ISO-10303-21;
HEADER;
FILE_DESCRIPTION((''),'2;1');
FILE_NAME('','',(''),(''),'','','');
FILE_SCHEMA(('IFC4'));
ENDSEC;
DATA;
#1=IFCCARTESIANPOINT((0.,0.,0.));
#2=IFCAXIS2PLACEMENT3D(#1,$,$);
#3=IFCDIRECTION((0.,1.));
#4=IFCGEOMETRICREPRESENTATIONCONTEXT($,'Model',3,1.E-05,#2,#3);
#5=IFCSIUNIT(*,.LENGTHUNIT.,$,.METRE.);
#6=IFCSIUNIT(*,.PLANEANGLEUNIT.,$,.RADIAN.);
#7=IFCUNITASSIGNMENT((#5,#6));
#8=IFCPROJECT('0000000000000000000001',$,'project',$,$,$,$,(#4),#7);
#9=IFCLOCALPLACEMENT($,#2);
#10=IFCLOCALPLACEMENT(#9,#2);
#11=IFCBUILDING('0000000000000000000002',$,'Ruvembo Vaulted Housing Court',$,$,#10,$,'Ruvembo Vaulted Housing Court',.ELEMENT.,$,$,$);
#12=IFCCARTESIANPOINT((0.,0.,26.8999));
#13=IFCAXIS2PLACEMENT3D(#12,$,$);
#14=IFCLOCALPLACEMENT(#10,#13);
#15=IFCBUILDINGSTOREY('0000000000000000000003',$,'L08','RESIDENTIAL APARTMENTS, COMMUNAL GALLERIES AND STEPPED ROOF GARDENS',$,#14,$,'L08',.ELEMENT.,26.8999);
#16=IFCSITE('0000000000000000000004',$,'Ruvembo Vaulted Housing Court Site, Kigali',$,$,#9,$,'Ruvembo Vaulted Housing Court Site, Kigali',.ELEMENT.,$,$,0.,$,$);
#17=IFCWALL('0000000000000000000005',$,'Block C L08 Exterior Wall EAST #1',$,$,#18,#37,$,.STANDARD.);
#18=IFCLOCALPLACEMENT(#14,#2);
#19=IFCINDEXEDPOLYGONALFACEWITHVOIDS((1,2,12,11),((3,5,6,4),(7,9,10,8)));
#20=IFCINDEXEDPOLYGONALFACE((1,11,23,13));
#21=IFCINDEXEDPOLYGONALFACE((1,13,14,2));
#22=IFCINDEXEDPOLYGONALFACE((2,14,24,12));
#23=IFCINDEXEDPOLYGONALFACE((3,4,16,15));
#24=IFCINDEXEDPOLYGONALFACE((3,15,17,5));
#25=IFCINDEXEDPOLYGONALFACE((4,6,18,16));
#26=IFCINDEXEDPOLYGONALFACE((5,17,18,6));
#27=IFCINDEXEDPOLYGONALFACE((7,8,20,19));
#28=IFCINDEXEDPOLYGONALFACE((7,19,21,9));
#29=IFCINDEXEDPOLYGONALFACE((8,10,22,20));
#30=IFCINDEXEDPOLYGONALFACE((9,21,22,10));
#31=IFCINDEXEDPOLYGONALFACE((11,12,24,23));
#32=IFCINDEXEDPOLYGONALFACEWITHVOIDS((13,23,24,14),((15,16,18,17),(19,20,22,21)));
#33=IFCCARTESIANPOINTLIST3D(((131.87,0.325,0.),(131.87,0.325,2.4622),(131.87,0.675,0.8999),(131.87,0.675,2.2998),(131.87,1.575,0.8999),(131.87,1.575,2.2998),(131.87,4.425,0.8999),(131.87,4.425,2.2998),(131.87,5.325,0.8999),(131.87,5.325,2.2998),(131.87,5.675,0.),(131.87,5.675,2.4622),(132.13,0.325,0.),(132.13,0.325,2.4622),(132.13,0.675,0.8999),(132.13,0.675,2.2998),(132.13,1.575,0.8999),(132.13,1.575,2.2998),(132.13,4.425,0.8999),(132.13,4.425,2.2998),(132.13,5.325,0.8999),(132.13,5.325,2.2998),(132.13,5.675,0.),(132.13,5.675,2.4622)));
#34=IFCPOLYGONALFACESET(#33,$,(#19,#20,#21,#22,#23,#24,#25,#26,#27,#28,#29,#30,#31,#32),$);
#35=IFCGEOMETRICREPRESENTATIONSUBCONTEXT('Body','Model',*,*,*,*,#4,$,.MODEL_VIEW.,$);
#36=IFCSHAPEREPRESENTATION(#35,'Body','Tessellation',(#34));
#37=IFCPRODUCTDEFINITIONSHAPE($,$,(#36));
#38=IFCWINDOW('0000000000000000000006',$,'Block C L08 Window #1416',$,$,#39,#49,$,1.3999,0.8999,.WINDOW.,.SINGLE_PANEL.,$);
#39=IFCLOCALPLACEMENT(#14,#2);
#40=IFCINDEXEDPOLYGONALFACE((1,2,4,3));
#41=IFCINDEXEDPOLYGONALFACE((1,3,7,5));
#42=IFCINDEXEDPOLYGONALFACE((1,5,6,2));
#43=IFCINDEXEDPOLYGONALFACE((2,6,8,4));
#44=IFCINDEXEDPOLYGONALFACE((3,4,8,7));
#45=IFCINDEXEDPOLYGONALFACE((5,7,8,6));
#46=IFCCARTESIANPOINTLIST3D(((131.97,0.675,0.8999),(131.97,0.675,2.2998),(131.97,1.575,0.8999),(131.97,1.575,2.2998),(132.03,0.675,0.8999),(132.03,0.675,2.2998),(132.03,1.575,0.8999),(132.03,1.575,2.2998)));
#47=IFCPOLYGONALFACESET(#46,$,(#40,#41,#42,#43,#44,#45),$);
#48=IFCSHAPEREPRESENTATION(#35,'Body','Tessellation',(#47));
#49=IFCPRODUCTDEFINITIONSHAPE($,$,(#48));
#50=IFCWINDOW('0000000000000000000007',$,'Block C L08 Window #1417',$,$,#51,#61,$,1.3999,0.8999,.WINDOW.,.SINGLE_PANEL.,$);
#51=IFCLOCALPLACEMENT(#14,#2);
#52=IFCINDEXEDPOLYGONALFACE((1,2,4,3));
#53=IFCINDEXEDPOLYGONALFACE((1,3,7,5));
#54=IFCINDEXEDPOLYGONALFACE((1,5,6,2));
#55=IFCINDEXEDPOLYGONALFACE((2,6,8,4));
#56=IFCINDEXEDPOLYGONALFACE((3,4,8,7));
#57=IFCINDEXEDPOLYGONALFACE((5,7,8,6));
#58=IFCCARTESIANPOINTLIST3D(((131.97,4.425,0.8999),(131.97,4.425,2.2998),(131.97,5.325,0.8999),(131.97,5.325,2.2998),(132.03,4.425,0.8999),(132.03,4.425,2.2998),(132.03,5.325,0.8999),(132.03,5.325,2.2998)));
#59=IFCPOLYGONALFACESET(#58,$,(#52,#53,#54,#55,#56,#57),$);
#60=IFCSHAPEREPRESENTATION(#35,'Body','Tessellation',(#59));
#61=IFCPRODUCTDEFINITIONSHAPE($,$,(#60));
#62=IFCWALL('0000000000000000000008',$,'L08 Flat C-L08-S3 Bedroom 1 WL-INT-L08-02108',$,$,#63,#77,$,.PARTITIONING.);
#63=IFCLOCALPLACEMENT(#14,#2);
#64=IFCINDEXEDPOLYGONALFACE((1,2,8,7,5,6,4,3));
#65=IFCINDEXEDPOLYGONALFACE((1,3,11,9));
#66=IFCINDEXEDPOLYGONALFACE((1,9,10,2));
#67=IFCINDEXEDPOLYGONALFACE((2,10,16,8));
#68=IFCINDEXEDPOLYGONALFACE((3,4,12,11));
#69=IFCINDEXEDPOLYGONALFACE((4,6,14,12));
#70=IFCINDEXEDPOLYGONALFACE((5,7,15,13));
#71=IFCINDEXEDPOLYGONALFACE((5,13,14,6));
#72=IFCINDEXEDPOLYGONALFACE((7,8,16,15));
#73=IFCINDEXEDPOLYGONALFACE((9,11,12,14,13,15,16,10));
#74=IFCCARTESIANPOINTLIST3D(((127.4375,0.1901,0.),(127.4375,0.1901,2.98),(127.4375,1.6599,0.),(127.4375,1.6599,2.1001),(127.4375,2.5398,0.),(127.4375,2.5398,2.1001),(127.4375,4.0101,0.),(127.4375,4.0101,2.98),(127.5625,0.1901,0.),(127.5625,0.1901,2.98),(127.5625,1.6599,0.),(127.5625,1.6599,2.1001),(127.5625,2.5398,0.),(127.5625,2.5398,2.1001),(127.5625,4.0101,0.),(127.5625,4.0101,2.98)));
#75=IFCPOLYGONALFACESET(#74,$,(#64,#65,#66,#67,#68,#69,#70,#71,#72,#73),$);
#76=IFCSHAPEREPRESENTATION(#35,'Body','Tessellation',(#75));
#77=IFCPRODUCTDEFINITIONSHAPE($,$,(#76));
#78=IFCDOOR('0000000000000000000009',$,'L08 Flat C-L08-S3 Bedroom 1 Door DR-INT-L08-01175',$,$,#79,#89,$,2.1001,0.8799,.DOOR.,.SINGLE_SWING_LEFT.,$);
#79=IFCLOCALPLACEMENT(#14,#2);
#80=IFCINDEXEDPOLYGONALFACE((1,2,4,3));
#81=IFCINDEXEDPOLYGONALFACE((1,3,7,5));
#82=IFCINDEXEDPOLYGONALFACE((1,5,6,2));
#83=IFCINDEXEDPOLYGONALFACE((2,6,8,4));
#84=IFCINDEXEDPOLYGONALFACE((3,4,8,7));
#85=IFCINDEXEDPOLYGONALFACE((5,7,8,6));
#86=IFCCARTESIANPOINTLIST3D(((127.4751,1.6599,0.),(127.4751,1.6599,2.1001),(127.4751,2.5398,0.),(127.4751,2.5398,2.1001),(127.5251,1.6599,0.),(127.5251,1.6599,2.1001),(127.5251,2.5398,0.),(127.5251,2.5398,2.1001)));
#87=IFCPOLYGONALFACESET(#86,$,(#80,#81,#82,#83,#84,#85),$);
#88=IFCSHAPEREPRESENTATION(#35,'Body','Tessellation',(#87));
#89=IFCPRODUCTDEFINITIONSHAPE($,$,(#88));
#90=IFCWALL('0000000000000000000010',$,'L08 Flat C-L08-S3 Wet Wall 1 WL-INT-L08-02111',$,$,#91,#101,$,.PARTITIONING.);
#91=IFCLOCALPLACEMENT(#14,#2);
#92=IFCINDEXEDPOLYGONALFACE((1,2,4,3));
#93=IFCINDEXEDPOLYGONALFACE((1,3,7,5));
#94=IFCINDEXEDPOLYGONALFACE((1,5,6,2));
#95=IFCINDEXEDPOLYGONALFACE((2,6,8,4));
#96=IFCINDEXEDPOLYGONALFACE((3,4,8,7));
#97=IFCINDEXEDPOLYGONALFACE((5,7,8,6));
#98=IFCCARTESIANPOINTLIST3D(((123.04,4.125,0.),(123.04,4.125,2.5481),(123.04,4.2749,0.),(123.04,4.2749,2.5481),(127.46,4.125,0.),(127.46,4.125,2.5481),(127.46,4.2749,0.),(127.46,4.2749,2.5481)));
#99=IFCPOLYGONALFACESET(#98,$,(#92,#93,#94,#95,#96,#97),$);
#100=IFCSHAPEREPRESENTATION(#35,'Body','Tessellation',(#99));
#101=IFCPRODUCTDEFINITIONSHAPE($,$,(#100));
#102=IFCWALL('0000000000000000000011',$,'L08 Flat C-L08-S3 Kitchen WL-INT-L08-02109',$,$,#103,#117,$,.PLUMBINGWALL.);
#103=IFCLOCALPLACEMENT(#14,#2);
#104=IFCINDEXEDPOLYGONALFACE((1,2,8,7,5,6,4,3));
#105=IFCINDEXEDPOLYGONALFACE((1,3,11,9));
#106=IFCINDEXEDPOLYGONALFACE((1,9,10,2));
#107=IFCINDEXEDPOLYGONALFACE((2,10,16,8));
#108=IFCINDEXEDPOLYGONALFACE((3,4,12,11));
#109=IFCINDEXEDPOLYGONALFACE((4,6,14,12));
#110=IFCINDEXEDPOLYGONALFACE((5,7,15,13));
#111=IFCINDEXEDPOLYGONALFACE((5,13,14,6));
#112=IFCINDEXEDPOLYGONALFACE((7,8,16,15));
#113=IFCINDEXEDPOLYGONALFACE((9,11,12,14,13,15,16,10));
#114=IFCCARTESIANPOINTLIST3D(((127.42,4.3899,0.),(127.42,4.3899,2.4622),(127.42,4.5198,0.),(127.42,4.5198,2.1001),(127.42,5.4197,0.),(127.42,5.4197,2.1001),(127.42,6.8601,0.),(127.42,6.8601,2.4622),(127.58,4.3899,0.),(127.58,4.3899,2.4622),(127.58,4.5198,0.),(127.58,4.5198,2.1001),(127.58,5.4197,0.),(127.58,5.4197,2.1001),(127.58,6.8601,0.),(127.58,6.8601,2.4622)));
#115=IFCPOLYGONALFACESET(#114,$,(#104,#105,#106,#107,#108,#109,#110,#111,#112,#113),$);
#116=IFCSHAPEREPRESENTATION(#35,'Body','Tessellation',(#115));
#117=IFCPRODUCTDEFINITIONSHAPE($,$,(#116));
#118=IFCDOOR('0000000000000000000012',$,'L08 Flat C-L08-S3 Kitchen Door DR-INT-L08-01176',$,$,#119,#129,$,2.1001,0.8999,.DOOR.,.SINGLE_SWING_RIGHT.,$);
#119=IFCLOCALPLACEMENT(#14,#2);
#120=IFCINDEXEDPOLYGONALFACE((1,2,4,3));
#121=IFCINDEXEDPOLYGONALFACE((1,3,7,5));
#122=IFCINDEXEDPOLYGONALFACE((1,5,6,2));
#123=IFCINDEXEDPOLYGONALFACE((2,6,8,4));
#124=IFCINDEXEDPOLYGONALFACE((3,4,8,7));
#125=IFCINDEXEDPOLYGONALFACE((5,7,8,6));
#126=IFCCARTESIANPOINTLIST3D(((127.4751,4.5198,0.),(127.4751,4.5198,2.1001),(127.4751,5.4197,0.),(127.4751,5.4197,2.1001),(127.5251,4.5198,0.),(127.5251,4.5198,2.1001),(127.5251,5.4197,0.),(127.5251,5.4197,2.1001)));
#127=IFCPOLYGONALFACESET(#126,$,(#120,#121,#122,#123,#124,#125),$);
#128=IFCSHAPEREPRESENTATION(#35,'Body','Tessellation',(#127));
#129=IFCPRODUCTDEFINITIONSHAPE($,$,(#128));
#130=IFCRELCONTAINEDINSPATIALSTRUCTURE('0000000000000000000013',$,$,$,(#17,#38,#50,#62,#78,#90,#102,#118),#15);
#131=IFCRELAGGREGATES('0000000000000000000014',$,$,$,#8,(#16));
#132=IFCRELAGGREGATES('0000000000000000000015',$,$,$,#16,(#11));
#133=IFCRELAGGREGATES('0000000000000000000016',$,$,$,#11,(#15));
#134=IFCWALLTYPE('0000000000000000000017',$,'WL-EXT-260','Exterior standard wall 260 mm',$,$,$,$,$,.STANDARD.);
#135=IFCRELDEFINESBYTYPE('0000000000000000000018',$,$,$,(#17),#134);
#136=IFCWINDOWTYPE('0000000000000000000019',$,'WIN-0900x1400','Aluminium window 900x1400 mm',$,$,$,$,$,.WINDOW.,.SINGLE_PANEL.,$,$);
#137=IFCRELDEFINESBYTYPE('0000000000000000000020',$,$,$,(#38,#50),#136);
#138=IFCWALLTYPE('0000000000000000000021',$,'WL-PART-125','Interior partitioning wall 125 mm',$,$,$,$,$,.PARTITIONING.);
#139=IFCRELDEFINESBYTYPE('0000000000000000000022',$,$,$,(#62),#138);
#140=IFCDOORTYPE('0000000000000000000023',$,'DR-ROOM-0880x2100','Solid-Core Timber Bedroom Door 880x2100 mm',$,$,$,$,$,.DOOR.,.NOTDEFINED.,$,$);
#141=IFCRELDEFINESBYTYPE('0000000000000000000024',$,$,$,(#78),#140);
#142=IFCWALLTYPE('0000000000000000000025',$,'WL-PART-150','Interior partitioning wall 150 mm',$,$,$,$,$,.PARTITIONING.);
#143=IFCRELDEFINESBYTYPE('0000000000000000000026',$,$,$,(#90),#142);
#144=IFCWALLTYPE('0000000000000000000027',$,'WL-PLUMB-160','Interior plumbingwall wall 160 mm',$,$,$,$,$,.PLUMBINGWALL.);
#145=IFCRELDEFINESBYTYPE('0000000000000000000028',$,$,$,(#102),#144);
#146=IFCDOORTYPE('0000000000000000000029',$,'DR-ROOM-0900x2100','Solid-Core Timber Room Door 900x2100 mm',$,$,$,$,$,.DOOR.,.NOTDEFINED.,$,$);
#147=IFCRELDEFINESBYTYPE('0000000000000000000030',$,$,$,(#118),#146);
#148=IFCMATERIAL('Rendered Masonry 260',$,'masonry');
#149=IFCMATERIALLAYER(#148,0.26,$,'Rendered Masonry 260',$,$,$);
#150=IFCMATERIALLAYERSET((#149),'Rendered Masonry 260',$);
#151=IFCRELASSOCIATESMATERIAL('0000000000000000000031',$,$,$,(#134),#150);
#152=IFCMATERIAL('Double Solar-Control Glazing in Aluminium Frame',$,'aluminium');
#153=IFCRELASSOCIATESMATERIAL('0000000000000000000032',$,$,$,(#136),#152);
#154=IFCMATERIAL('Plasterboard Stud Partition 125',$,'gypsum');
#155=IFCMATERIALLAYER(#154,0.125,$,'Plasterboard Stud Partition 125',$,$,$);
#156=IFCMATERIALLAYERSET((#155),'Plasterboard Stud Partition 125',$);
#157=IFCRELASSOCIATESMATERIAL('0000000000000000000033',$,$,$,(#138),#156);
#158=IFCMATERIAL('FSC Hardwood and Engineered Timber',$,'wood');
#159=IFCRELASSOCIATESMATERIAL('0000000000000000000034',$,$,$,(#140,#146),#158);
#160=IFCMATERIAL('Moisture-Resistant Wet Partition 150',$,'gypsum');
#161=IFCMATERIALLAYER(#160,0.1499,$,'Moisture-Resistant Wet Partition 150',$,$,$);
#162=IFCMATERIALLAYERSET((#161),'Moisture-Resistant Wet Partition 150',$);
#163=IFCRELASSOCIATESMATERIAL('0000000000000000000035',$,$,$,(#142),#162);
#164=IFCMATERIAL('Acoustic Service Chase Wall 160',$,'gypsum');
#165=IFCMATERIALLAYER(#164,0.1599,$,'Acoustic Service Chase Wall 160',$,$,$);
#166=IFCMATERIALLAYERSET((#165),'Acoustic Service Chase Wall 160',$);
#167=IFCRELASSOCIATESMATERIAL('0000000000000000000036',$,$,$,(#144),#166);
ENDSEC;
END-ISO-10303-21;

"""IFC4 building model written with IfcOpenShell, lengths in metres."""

from ifc_helpers import new_model, si_unit, direction, frame, frame_2d, origin, place, context, subcontext, project, spatial, rectangle, extrude, material, layer, layer_set, type_object, element, fill, save


model = new_model("IFC4")

# Units and contexts
model_context = context("Model", 3, precision=1e-05, world=origin(), true_north=direction((0.0, 1.0)))
body_context = subcontext(model_context, "Body", "Model", "MODEL_VIEW")
ifc_project = project(units=[si_unit("LENGTHUNIT", "METRE"), si_unit("PLANEANGLEUNIT", "RADIAN")], contexts=[model_context])

# Site, building, storey
site_placement = place(None, origin())
site = spatial("IfcSite", under=ifc_project, at=site_placement, Name="Ruvembo Vaulted Housing Court Site, Kigali", LongName="Ruvembo Vaulted Housing Court Site, Kigali", CompositionType="ELEMENT", RefElevation=0.0)
building_placement = place(site_placement, origin())
building = spatial("IfcBuilding", under=site, at=building_placement, Name="Ruvembo Vaulted Housing Court", LongName="Ruvembo Vaulted Housing Court", CompositionType="ELEMENT")
storey_placement = place(building_placement, frame((0.0, 0.0, 26.8999)))
storey = spatial("IfcBuildingStorey", under=building, at=storey_placement, Name="L08", Description="RESIDENTIAL APARTMENTS, COMMUNAL GALLERIES AND STEPPED ROOF GARDENS", LongName="L08", CompositionType="ELEMENT", Elevation=26.8999)

# Wall, openings, windows
ifc_material_1 = material(Name="Rendered Masonry 260", Category="masonry")
ifc_layer_1 = layer(ifc_material_1, 0.26, Name="Rendered Masonry 260")
ifc_layer_set_1 = layer_set([ifc_layer_1], Name="Rendered Masonry 260")
wall_type_1 = type_object("IfcWallType", Name="WL-EXT-260", Description="Exterior standard wall 260 mm", PredefinedType="STANDARD", material=ifc_layer_set_1)
ifc_material_2 = material(Name="Double Solar-Control Glazing in Aluminium Frame", Category="aluminium")
wall_1_placement = place(storey_placement, frame((132.0, 0.325, 0.0), z_axis=(0.0, 0.0, 1.0), x_axis=(0.0, 1.0, 0.0)))
wall_1 = element("IfcWall", 1, at=wall_1_placement, inside=storey, type_object=wall_type_1, Name="Block C L08 Exterior Wall EAST #1", PredefinedType="STANDARD", context=body_context, shape_type="SweptSolid", body=[
    extrude(rectangle(XDim=5.3501, YDim=0.26, at=frame_2d((2.675, 0.0))), origin(), (0.0, 0.0, 1.0), 2.4622),
])
opening_1_placement = place(wall_1_placement, frame((0.3501, 0.0, 0.8999)))
opening_1 = element("IfcOpeningElement", 2, at=opening_1_placement, cuts=wall_1, PredefinedType="OPENING", context=body_context, shape_type="SweptSolid", body=[
    extrude(rectangle(XDim=0.8999, YDim=1.3999, at=frame_2d((0.45, 0.7))), frame((0.0, 0.1399, 0.0), z_axis=(0.0, -1.0, 0.0), x_axis=(1.0, 0.0, 0.0)), (0.0, 0.0, 1.0), 0.28),
])
opening_2_placement = place(wall_1_placement, frame((4.1001, 0.0, 0.8999)))
opening_2 = element("IfcOpeningElement", 3, at=opening_2_placement, cuts=wall_1, PredefinedType="OPENING", context=body_context, shape_type="SweptSolid", body=[
    extrude(rectangle(XDim=0.8999, YDim=1.3999, at=frame_2d((0.45, 0.7))), frame((0.0, 0.1399, 0.0), z_axis=(0.0, -1.0, 0.0), x_axis=(1.0, 0.0, 0.0)), (0.0, 0.0, 1.0), 0.28),
])
window_type_1 = type_object("IfcWindowType", Name="WIN-0900x1400", Description="Aluminium window 900x1400 mm", PartitioningType="SINGLE_PANEL", PredefinedType="WINDOW", material=ifc_material_2)
window_1_placement = place(opening_1_placement, origin())
window_1 = element("IfcWindow", 4, at=window_1_placement, inside=storey, type_object=window_type_1, Name="Block C L08 Window #1416", OverallHeight=1.3999, OverallWidth=0.8999, PartitioningType="SINGLE_PANEL", PredefinedType="WINDOW", context=body_context, shape_type="SweptSolid", body=[
    extrude(rectangle(XDim=0.8999, YDim=1.3999, at=frame_2d((0.45, 0.7))), frame((0.0, 0.03, 0.0), z_axis=(0.0, -1.0, 0.0), x_axis=(1.0, 0.0, 0.0)), (0.0, 0.0, 1.0), 0.0601),
])
fill(opening_1, window_1)
window_2_placement = place(opening_2_placement, origin())
window_2 = element("IfcWindow", 5, at=window_2_placement, inside=storey, type_object=window_type_1, Name="Block C L08 Window #1417", OverallHeight=1.3999, OverallWidth=0.8999, PartitioningType="SINGLE_PANEL", PredefinedType="WINDOW", context=body_context, shape_type="SweptSolid", body=[
    extrude(rectangle(XDim=0.8999, YDim=1.3999, at=frame_2d((0.45, 0.7))), frame((0.0, 0.03, 0.0), z_axis=(0.0, -1.0, 0.0), x_axis=(1.0, 0.0, 0.0)), (0.0, 0.0, 1.0), 0.0601),
])
fill(opening_2, window_2)

# Wall, opening, door
ifc_material_3 = material(Name="Plasterboard Stud Partition 125", Category="gypsum")
ifc_layer_2 = layer(ifc_material_3, 0.125, Name="Plasterboard Stud Partition 125")
ifc_layer_set_2 = layer_set([ifc_layer_2], Name="Plasterboard Stud Partition 125")
wall_type_2 = type_object("IfcWallType", Name="WL-PART-125", Description="Interior partitioning wall 125 mm", PredefinedType="PARTITIONING", material=ifc_layer_set_2)
wall_2_placement = place(storey_placement, frame((127.5, 0.1899, 0.0), z_axis=(0.0, 0.0, 1.0), x_axis=(0.0, 1.0, 0.0)))
wall_2 = element("IfcWall", 6, at=wall_2_placement, inside=storey, type_object=wall_type_2, Name="L08 Flat C-L08-S3 Bedroom 1 WL-INT-L08-02108", PredefinedType="PARTITIONING", context=body_context, shape_type="SweptSolid", body=[
    extrude(rectangle(XDim=3.8201, YDim=0.125, at=frame_2d((1.9102, 0.0))), origin(), (0.0, 0.0, 1.0), 2.98),
])
opening_3_placement = place(wall_2_placement, frame((1.47, 0.0, 0.0)))
opening_3 = element("IfcOpeningElement", 7, at=opening_3_placement, cuts=wall_2, PredefinedType="OPENING", context=body_context, shape_type="SweptSolid", body=[
    extrude(rectangle(XDim=0.8799, YDim=2.1001, at=frame_2d((0.4399, 1.05))), frame((0.0, 0.0725, 0.0), z_axis=(0.0, -1.0, 0.0), x_axis=(1.0, 0.0, 0.0)), (0.0, 0.0, 1.0), 0.145),
])
ifc_material_4 = material(Name="FSC Hardwood and Engineered Timber", Category="wood")
door_type_1 = type_object("IfcDoorType", Name="DR-ROOM-0880x2100", Description="Solid-Core Timber Bedroom Door 880x2100 mm", OperationType="NOTDEFINED", PredefinedType="DOOR", material=ifc_material_4)
door_1_placement = place(opening_3_placement, origin())
door_1 = element("IfcDoor", 8, at=door_1_placement, inside=storey, type_object=door_type_1, Name="L08 Flat C-L08-S3 Bedroom 1 Door DR-INT-L08-01175", OperationType="SINGLE_SWING_LEFT", OverallHeight=2.1001, OverallWidth=0.8799, PredefinedType="DOOR", context=body_context, shape_type="SweptSolid", body=[
    extrude(rectangle(XDim=0.8799, YDim=2.1001, at=frame_2d((0.4399, 1.05))), frame((0.0, 0.0249, 0.0), z_axis=(0.0, -1.0, 0.0), x_axis=(1.0, 0.0, 0.0)), (0.0, 0.0, 1.0), 0.05),
])
fill(opening_3, door_1)

# Wall
ifc_material_5 = material(Name="Moisture-Resistant Wet Partition 150", Category="gypsum")
ifc_layer_3 = layer(ifc_material_5, 0.1499, Name="Moisture-Resistant Wet Partition 150")
ifc_layer_set_3 = layer_set([ifc_layer_3], Name="Moisture-Resistant Wet Partition 150")
wall_type_3 = type_object("IfcWallType", Name="WL-PART-150", Description="Interior partitioning wall 150 mm", PredefinedType="PARTITIONING", material=ifc_layer_set_3)
wall_3_placement = place(storey_placement, frame((123.04, 4.2, 0.0), z_axis=(0.0, 0.0, 1.0), x_axis=(1.0, 0.0, 0.0)))
element("IfcWall", 9, at=wall_3_placement, inside=storey, type_object=wall_type_3, Name="L08 Flat C-L08-S3 Wet Wall 1 WL-INT-L08-02111", PredefinedType="PARTITIONING", context=body_context, shape_type="SweptSolid", body=[
    extrude(rectangle(XDim=4.4199, YDim=0.1499, at=frame_2d((2.21, 0.0))), origin(), (0.0, 0.0, 1.0), 2.5481),
])

# Wall, opening, door
ifc_material_6 = material(Name="Acoustic Service Chase Wall 160", Category="gypsum")
ifc_layer_4 = layer(ifc_material_6, 0.1599, Name="Acoustic Service Chase Wall 160")
ifc_layer_set_4 = layer_set([ifc_layer_4], Name="Acoustic Service Chase Wall 160")
wall_type_4 = type_object("IfcWallType", Name="WL-PLUMB-160", Description="Interior plumbingwall wall 160 mm", PredefinedType="PLUMBINGWALL", material=ifc_layer_set_4)
wall_4_placement = place(storey_placement, frame((127.5, 4.3899, 0.0), z_axis=(0.0, 0.0, 1.0), x_axis=(0.0, 1.0, 0.0)))
wall_4 = element("IfcWall", 10, at=wall_4_placement, inside=storey, type_object=wall_type_4, Name="L08 Flat C-L08-S3 Kitchen WL-INT-L08-02109", PredefinedType="PLUMBINGWALL", context=body_context, shape_type="SweptSolid", body=[
    extrude(rectangle(XDim=2.4702, YDim=0.1599, at=frame_2d((1.2351, 0.0))), origin(), (0.0, 0.0, 1.0), 2.4622),
])
opening_4_placement = place(wall_4_placement, frame((0.1299, 0.0, 0.0)))
opening_4 = element("IfcOpeningElement", 11, at=opening_4_placement, cuts=wall_4, PredefinedType="OPENING", context=body_context, shape_type="SweptSolid", body=[
    extrude(rectangle(XDim=0.8999, YDim=2.1001, at=frame_2d((0.45, 1.05))), frame((0.0, 0.0898, 0.0), z_axis=(0.0, -1.0, 0.0), x_axis=(1.0, 0.0, 0.0)), (0.0, 0.0, 1.0), 0.1799),
])
door_type_2 = type_object("IfcDoorType", Name="DR-ROOM-0900x2100", Description="Solid-Core Timber Room Door 900x2100 mm", OperationType="NOTDEFINED", PredefinedType="DOOR", material=ifc_material_4)
door_2_placement = place(opening_4_placement, origin())
door_2 = element("IfcDoor", 12, at=door_2_placement, inside=storey, type_object=door_type_2, Name="L08 Flat C-L08-S3 Kitchen Door DR-INT-L08-01176", OperationType="SINGLE_SWING_RIGHT", OverallHeight=2.1001, OverallWidth=0.8999, PredefinedType="DOOR", context=body_context, shape_type="SweptSolid", body=[
    extrude(rectangle(XDim=0.8999, YDim=2.1001, at=frame_2d((0.45, 1.05))), frame((0.0, 0.0249, 0.0), z_axis=(0.0, -1.0, 0.0), x_axis=(1.0, 0.0, 0.0)), (0.0, 0.0, 1.0), 0.05),
])
fill(opening_4, door_2)

save(model, "model.ifc")
